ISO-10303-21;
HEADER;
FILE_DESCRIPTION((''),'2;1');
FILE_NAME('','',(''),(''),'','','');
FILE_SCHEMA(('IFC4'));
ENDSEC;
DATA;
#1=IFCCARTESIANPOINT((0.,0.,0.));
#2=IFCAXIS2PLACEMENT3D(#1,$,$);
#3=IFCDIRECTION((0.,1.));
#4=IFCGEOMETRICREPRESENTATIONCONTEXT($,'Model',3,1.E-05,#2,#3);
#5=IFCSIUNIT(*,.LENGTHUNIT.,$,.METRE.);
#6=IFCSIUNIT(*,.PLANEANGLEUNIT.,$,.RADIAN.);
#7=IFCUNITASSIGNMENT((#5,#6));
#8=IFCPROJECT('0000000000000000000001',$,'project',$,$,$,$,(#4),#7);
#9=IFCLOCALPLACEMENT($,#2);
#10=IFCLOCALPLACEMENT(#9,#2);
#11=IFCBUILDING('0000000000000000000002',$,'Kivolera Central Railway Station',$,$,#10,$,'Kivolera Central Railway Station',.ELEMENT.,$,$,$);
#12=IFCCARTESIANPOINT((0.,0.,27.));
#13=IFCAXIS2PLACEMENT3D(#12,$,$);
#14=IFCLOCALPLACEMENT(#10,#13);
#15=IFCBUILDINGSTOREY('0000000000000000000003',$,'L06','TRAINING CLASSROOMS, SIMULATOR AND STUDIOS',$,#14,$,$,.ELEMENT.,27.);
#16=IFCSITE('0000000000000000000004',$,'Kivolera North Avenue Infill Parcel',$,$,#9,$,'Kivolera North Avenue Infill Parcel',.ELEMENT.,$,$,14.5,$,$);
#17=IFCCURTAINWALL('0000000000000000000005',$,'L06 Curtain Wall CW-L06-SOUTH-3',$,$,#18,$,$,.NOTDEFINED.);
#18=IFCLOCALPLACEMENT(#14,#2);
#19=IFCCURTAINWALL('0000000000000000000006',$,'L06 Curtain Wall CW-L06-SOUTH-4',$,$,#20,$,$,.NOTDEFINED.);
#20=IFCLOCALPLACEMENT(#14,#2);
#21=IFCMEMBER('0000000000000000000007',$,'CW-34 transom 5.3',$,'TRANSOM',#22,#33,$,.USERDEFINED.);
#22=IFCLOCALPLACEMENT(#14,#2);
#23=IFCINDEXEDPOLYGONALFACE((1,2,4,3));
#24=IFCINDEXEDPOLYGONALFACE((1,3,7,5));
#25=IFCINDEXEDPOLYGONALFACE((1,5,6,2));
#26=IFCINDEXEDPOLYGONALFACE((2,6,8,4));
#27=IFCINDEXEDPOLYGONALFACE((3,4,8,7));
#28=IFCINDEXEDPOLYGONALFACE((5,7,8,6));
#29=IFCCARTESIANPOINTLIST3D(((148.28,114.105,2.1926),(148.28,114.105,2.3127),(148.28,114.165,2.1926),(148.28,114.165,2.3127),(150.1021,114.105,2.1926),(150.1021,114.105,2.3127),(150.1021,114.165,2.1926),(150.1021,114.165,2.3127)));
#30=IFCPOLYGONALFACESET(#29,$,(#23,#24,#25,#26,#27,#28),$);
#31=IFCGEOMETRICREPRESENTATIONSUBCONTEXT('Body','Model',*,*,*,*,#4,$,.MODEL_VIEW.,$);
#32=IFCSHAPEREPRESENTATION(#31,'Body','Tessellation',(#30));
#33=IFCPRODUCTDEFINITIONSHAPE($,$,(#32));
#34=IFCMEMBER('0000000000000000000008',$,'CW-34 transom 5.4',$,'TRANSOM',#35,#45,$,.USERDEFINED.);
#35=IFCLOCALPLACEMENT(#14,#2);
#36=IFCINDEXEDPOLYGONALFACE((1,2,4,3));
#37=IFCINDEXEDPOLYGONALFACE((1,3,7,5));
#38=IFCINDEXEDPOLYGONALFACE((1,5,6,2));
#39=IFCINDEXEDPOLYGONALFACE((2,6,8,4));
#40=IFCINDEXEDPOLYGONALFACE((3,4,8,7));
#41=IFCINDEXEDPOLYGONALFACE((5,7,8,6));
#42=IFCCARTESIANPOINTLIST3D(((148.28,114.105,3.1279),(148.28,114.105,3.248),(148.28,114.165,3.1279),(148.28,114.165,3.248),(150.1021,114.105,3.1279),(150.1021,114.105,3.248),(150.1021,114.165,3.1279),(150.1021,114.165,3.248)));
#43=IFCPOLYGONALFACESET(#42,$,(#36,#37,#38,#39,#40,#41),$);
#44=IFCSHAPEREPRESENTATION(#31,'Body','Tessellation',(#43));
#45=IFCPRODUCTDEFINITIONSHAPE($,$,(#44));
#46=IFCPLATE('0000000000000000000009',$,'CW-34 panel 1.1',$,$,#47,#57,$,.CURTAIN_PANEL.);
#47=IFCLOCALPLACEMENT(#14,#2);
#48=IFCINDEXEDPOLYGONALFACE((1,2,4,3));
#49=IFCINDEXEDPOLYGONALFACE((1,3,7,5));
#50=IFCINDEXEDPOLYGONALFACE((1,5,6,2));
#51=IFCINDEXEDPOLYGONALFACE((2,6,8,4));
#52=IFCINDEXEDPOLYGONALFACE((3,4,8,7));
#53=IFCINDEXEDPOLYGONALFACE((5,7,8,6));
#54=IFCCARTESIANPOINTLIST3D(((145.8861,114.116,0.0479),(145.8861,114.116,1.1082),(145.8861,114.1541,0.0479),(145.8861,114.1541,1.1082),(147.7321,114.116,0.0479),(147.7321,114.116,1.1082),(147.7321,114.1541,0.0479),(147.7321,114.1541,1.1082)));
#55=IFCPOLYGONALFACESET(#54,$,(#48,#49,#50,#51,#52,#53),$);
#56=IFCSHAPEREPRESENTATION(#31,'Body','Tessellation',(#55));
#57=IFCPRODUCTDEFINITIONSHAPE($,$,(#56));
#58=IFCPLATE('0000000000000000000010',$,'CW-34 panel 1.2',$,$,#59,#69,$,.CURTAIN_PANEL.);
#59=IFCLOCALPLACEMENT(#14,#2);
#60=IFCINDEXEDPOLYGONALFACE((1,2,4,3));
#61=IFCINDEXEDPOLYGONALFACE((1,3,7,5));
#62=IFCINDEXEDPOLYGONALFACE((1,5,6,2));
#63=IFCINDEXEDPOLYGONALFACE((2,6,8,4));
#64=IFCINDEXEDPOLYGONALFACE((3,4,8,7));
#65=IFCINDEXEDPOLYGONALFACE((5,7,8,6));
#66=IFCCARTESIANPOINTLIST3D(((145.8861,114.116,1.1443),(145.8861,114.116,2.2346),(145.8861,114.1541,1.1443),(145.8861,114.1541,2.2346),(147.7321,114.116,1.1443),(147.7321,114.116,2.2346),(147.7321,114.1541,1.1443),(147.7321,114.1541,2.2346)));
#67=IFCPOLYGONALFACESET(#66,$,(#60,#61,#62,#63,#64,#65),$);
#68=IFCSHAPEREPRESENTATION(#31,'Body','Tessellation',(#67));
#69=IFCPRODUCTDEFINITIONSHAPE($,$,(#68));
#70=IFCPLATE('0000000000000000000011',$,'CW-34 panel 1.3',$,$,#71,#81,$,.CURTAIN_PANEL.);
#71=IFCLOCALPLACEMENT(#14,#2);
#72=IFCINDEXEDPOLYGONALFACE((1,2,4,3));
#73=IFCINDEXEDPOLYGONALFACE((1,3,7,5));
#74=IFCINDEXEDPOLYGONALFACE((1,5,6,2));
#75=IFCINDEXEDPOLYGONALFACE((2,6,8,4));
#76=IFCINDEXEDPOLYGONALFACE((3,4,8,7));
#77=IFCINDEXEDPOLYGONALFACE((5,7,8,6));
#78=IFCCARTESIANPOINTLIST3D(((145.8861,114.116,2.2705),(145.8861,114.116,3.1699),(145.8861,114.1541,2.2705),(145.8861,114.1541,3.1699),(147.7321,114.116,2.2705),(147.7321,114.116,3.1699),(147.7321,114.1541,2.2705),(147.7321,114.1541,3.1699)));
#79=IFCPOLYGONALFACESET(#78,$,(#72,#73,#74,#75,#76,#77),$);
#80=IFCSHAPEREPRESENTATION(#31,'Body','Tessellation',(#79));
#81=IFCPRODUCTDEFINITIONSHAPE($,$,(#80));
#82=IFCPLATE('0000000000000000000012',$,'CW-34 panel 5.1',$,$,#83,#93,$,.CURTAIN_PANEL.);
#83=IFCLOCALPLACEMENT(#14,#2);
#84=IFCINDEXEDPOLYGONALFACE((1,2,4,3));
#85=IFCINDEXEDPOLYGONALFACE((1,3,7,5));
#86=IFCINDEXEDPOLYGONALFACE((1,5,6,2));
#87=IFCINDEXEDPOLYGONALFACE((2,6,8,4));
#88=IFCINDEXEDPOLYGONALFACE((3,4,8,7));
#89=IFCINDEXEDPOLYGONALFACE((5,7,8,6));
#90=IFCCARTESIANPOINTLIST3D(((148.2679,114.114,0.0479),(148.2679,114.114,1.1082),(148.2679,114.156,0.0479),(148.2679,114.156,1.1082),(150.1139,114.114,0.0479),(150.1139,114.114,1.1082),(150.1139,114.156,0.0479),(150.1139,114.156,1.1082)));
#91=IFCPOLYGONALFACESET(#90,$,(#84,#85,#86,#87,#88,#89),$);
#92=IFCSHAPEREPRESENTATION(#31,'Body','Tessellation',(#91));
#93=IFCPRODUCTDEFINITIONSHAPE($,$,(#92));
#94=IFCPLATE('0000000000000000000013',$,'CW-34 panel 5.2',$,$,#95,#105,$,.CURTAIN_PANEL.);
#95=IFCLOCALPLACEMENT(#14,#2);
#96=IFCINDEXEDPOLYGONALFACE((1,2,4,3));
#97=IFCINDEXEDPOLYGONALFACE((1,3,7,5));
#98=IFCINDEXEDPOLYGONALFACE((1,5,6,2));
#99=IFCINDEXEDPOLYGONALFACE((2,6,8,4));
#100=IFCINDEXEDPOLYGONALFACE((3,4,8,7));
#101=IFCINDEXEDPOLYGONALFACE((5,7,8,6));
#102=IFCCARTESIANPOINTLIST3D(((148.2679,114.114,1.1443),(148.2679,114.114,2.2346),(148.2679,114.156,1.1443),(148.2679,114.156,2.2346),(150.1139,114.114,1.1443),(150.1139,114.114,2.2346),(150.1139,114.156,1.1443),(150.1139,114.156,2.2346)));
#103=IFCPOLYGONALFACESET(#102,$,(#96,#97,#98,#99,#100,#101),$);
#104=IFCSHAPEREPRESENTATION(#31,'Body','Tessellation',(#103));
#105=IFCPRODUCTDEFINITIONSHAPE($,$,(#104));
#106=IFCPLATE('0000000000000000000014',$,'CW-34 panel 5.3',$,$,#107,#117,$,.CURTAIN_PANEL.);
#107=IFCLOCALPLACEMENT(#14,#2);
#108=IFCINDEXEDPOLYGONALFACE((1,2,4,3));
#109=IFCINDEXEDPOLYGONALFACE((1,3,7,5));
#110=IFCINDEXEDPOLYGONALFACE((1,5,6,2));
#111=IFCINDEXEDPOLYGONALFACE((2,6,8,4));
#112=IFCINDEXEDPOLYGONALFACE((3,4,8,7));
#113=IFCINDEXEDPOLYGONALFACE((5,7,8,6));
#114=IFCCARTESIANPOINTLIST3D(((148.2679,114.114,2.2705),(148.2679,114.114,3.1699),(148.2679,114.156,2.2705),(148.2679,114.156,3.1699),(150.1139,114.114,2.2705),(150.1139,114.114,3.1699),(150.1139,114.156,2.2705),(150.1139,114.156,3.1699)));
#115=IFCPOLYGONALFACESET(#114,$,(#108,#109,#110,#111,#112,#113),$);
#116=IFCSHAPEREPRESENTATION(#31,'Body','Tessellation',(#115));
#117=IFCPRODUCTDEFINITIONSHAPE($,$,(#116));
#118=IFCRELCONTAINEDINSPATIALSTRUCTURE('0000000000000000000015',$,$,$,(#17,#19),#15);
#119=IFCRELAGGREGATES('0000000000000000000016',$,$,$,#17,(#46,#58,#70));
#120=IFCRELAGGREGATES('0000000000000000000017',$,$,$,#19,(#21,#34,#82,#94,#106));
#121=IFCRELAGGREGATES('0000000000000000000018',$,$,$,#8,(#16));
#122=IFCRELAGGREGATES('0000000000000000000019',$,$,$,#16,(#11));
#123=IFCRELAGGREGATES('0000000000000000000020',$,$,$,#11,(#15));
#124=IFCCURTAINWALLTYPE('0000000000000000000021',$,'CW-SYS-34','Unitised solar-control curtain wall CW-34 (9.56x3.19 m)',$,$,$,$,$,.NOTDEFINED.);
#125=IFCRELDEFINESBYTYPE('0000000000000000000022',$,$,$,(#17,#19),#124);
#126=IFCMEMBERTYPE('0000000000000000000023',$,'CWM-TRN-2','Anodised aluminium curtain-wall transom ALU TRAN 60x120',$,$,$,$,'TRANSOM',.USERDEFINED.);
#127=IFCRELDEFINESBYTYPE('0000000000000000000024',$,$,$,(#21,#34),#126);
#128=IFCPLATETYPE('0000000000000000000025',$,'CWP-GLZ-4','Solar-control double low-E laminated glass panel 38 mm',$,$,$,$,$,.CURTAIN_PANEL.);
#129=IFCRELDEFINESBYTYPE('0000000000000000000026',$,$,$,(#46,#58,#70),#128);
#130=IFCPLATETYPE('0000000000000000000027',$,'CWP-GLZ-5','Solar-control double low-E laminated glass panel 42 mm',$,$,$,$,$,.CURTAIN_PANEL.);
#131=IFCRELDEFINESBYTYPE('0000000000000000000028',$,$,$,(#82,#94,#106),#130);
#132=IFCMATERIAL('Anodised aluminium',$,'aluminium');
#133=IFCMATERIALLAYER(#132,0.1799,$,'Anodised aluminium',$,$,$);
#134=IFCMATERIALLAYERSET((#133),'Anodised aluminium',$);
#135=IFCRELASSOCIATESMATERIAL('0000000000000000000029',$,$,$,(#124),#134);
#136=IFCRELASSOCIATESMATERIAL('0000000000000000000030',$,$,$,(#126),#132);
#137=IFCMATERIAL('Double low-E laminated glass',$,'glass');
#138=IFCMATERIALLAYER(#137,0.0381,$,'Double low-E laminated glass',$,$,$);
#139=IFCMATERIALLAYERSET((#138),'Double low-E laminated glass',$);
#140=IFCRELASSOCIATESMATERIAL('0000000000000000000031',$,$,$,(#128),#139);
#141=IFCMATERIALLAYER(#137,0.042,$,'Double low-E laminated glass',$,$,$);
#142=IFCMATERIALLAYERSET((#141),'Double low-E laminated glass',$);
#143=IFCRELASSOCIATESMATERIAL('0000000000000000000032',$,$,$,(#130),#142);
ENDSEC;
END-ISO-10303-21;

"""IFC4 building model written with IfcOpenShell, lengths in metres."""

from ifc_helpers import new_model, si_unit, direction, frame, origin, origin_2d, place, context, subcontext, project, spatial, rectangle, extrude, material, layer, layer_set, material_profile, profile_set, type_object, element, aggregate, save


model = new_model("IFC4")

# Units and contexts
model_context = context("Model", 3, precision=1e-05, world=origin(), true_north=direction((0.0, 1.0)))
body_context = subcontext(model_context, "Body", "Model", "MODEL_VIEW")
ifc_project = project(units=[si_unit("LENGTHUNIT", "METRE"), si_unit("PLANEANGLEUNIT", "RADIAN")], contexts=[model_context])

# Site, building, storey
site_placement = place(None, origin())
site = spatial("IfcSite", under=ifc_project, at=site_placement, Name="Kivolera North Avenue Infill Parcel", LongName="Kivolera North Avenue Infill Parcel", CompositionType="ELEMENT", RefElevation=14.5)
building_placement = place(site_placement, origin())
building = spatial("IfcBuilding", under=site, at=building_placement, Name="Kivolera Central Railway Station", LongName="Kivolera Central Railway Station", CompositionType="ELEMENT")
storey_placement = place(building_placement, frame((0.0, 0.0, 27.0)))
storey = spatial("IfcBuildingStorey", under=building, at=storey_placement, Name="L06", Description="TRAINING CLASSROOMS, SIMULATOR AND STUDIOS", CompositionType="ELEMENT", Elevation=27.0)

# Curtain wall
ifc_material_1 = material(Name="Anodised aluminium", Category="aluminium")
ifc_layer_1 = layer(ifc_material_1, 0.1799, Name="Anodised aluminium")
ifc_layer_set_1 = layer_set([ifc_layer_1], Name="Anodised aluminium")
curtain_wall_type = type_object("IfcCurtainWallType", Name="CW-SYS-34", Description="Unitised solar-control curtain wall CW-34 (9.56x3.19 m)", PredefinedType="NOTDEFINED", material=ifc_layer_set_1)
curtain_wall_1_placement = place(storey_placement, origin())
curtain_wall_1 = element("IfcCurtainWall", 1, at=curtain_wall_1_placement, inside=storey, type_object=curtain_wall_type, Name="L06 Curtain Wall CW-L06-SOUTH-3", PredefinedType="NOTDEFINED")

# Curtain wall
curtain_wall_2_placement = place(storey_placement, origin())
curtain_wall_2 = element("IfcCurtainWall", 2, at=curtain_wall_2_placement, inside=storey, type_object=curtain_wall_type, Name="L06 Curtain Wall CW-L06-SOUTH-4", PredefinedType="NOTDEFINED")

# Members
ifc_material_profile_1 = material_profile(ifc_material_1, rectangle(XDim=0.0601, YDim=0.1201, at=origin_2d()), Name="ALU TRAN 60x120")
ifc_profile_set_1 = profile_set([ifc_material_profile_1], Name="Anodised aluminium")
member_type_1 = type_object("IfcMemberType", Name="CWM-TRN-2", Description="Anodised aluminium curtain-wall transom ALU TRAN 60x120", ElementType="TRANSOM", PredefinedType="USERDEFINED", material=ifc_profile_set_1)
member_1_placement = place(storey_placement, frame((150.1021, 114.135, 2.2527), z_axis=(-1.0, 0.0, 0.0), x_axis=(0.0, -1.0, 0.0)))
member_1 = element("IfcMember", 3, at=member_1_placement, type_object=member_type_1, Name="CW-34 transom 5.3", ObjectType="TRANSOM", PredefinedType="USERDEFINED", context=body_context, shape_type="SweptSolid", body=[
    extrude(rectangle(XDim=0.0601, YDim=0.1201, at=origin_2d()), origin(), (0.0, 0.0, 1.0), 1.822),
])
member_2_placement = place(storey_placement, frame((150.1021, 114.135, 3.188), z_axis=(-1.0, 0.0, 0.0), x_axis=(0.0, -1.0, 0.0)))
member_2 = element("IfcMember", 4, at=member_2_placement, type_object=member_type_1, Name="CW-34 transom 5.4", ObjectType="TRANSOM", PredefinedType="USERDEFINED", context=body_context, shape_type="SweptSolid", body=[
    extrude(rectangle(XDim=0.0601, YDim=0.1201, at=origin_2d()), origin(), (0.0, 0.0, 1.0), 1.822),
])

# Plates
ifc_material_2 = material(Name="Double low-E laminated glass", Category="glass")
ifc_layer_2 = layer(ifc_material_2, 0.0381, Name="Double low-E laminated glass")
ifc_layer_set_2 = layer_set([ifc_layer_2], Name="Double low-E laminated glass")
plate_type_1 = type_object("IfcPlateType", Name="CWP-GLZ-4", Description="Solar-control double low-E laminated glass panel 38 mm", PredefinedType="CURTAIN_PANEL", material=ifc_layer_set_2)
plate_1_placement = place(storey_placement, frame((146.8091, 114.135, 0.0479), z_axis=(0.0, 0.0, 1.0), x_axis=(-1.0, 0.0, 0.0)))
plate_1 = element("IfcPlate", 5, at=plate_1_placement, type_object=plate_type_1, Name="CW-34 panel 1.1", PredefinedType="CURTAIN_PANEL", context=body_context, shape_type="SweptSolid", body=[
    extrude(rectangle(XDim=1.8459, YDim=0.0381, at=origin_2d()), origin(), (0.0, 0.0, 1.0), 1.0603),
])
plate_2_placement = place(storey_placement, frame((146.8091, 114.135, 1.1443), z_axis=(0.0, 0.0, 1.0), x_axis=(-1.0, 0.0, 0.0)))
plate_2 = element("IfcPlate", 6, at=plate_2_placement, type_object=plate_type_1, Name="CW-34 panel 1.2", PredefinedType="CURTAIN_PANEL", context=body_context, shape_type="SweptSolid", body=[
    extrude(rectangle(XDim=1.8459, YDim=0.0381, at=origin_2d()), origin(), (0.0, 0.0, 1.0), 1.0903),
])
plate_3_placement = place(storey_placement, frame((146.8091, 114.135, 2.2705), z_axis=(0.0, 0.0, 1.0), x_axis=(-1.0, 0.0, 0.0)))
plate_3 = element("IfcPlate", 7, at=plate_3_placement, type_object=plate_type_1, Name="CW-34 panel 1.3", PredefinedType="CURTAIN_PANEL", context=body_context, shape_type="SweptSolid", body=[
    extrude(rectangle(XDim=1.8459, YDim=0.0381, at=origin_2d()), origin(), (0.0, 0.0, 1.0), 0.8994),
])
aggregate(curtain_wall_1, [plate_1, plate_2, plate_3])
ifc_layer_3 = layer(ifc_material_2, 0.042, Name="Double low-E laminated glass")
ifc_layer_set_3 = layer_set([ifc_layer_3], Name="Double low-E laminated glass")
plate_type_2 = type_object("IfcPlateType", Name="CWP-GLZ-5", Description="Solar-control double low-E laminated glass panel 42 mm", PredefinedType="CURTAIN_PANEL", material=ifc_layer_set_3)
plate_4_placement = place(storey_placement, frame((149.1909, 114.135, 0.0479), z_axis=(0.0, 0.0, 1.0), x_axis=(-1.0, 0.0, 0.0)))
plate_4 = element("IfcPlate", 8, at=plate_4_placement, type_object=plate_type_2, Name="CW-34 panel 5.1", PredefinedType="CURTAIN_PANEL", context=body_context, shape_type="SweptSolid", body=[
    extrude(rectangle(XDim=1.8459, YDim=0.042, at=origin_2d()), origin(), (0.0, 0.0, 1.0), 1.0603),
])
plate_5_placement = place(storey_placement, frame((149.1909, 114.135, 1.1443), z_axis=(0.0, 0.0, 1.0), x_axis=(-1.0, 0.0, 0.0)))
plate_5 = element("IfcPlate", 9, at=plate_5_placement, type_object=plate_type_2, Name="CW-34 panel 5.2", PredefinedType="CURTAIN_PANEL", context=body_context, shape_type="SweptSolid", body=[
    extrude(rectangle(XDim=1.8459, YDim=0.042, at=origin_2d()), origin(), (0.0, 0.0, 1.0), 1.0903),
])
plate_6_placement = place(storey_placement, frame((149.1909, 114.135, 2.2705), z_axis=(0.0, 0.0, 1.0), x_axis=(-1.0, 0.0, 0.0)))
plate_6 = element("IfcPlate", 10, at=plate_6_placement, type_object=plate_type_2, Name="CW-34 panel 5.3", PredefinedType="CURTAIN_PANEL", context=body_context, shape_type="SweptSolid", body=[
    extrude(rectangle(XDim=1.8459, YDim=0.042, at=origin_2d()), origin(), (0.0, 0.0, 1.0), 0.8994),
])
aggregate(curtain_wall_2, [member_1, member_2, plate_4, plate_5, plate_6])

save(model, "model.ifc")
